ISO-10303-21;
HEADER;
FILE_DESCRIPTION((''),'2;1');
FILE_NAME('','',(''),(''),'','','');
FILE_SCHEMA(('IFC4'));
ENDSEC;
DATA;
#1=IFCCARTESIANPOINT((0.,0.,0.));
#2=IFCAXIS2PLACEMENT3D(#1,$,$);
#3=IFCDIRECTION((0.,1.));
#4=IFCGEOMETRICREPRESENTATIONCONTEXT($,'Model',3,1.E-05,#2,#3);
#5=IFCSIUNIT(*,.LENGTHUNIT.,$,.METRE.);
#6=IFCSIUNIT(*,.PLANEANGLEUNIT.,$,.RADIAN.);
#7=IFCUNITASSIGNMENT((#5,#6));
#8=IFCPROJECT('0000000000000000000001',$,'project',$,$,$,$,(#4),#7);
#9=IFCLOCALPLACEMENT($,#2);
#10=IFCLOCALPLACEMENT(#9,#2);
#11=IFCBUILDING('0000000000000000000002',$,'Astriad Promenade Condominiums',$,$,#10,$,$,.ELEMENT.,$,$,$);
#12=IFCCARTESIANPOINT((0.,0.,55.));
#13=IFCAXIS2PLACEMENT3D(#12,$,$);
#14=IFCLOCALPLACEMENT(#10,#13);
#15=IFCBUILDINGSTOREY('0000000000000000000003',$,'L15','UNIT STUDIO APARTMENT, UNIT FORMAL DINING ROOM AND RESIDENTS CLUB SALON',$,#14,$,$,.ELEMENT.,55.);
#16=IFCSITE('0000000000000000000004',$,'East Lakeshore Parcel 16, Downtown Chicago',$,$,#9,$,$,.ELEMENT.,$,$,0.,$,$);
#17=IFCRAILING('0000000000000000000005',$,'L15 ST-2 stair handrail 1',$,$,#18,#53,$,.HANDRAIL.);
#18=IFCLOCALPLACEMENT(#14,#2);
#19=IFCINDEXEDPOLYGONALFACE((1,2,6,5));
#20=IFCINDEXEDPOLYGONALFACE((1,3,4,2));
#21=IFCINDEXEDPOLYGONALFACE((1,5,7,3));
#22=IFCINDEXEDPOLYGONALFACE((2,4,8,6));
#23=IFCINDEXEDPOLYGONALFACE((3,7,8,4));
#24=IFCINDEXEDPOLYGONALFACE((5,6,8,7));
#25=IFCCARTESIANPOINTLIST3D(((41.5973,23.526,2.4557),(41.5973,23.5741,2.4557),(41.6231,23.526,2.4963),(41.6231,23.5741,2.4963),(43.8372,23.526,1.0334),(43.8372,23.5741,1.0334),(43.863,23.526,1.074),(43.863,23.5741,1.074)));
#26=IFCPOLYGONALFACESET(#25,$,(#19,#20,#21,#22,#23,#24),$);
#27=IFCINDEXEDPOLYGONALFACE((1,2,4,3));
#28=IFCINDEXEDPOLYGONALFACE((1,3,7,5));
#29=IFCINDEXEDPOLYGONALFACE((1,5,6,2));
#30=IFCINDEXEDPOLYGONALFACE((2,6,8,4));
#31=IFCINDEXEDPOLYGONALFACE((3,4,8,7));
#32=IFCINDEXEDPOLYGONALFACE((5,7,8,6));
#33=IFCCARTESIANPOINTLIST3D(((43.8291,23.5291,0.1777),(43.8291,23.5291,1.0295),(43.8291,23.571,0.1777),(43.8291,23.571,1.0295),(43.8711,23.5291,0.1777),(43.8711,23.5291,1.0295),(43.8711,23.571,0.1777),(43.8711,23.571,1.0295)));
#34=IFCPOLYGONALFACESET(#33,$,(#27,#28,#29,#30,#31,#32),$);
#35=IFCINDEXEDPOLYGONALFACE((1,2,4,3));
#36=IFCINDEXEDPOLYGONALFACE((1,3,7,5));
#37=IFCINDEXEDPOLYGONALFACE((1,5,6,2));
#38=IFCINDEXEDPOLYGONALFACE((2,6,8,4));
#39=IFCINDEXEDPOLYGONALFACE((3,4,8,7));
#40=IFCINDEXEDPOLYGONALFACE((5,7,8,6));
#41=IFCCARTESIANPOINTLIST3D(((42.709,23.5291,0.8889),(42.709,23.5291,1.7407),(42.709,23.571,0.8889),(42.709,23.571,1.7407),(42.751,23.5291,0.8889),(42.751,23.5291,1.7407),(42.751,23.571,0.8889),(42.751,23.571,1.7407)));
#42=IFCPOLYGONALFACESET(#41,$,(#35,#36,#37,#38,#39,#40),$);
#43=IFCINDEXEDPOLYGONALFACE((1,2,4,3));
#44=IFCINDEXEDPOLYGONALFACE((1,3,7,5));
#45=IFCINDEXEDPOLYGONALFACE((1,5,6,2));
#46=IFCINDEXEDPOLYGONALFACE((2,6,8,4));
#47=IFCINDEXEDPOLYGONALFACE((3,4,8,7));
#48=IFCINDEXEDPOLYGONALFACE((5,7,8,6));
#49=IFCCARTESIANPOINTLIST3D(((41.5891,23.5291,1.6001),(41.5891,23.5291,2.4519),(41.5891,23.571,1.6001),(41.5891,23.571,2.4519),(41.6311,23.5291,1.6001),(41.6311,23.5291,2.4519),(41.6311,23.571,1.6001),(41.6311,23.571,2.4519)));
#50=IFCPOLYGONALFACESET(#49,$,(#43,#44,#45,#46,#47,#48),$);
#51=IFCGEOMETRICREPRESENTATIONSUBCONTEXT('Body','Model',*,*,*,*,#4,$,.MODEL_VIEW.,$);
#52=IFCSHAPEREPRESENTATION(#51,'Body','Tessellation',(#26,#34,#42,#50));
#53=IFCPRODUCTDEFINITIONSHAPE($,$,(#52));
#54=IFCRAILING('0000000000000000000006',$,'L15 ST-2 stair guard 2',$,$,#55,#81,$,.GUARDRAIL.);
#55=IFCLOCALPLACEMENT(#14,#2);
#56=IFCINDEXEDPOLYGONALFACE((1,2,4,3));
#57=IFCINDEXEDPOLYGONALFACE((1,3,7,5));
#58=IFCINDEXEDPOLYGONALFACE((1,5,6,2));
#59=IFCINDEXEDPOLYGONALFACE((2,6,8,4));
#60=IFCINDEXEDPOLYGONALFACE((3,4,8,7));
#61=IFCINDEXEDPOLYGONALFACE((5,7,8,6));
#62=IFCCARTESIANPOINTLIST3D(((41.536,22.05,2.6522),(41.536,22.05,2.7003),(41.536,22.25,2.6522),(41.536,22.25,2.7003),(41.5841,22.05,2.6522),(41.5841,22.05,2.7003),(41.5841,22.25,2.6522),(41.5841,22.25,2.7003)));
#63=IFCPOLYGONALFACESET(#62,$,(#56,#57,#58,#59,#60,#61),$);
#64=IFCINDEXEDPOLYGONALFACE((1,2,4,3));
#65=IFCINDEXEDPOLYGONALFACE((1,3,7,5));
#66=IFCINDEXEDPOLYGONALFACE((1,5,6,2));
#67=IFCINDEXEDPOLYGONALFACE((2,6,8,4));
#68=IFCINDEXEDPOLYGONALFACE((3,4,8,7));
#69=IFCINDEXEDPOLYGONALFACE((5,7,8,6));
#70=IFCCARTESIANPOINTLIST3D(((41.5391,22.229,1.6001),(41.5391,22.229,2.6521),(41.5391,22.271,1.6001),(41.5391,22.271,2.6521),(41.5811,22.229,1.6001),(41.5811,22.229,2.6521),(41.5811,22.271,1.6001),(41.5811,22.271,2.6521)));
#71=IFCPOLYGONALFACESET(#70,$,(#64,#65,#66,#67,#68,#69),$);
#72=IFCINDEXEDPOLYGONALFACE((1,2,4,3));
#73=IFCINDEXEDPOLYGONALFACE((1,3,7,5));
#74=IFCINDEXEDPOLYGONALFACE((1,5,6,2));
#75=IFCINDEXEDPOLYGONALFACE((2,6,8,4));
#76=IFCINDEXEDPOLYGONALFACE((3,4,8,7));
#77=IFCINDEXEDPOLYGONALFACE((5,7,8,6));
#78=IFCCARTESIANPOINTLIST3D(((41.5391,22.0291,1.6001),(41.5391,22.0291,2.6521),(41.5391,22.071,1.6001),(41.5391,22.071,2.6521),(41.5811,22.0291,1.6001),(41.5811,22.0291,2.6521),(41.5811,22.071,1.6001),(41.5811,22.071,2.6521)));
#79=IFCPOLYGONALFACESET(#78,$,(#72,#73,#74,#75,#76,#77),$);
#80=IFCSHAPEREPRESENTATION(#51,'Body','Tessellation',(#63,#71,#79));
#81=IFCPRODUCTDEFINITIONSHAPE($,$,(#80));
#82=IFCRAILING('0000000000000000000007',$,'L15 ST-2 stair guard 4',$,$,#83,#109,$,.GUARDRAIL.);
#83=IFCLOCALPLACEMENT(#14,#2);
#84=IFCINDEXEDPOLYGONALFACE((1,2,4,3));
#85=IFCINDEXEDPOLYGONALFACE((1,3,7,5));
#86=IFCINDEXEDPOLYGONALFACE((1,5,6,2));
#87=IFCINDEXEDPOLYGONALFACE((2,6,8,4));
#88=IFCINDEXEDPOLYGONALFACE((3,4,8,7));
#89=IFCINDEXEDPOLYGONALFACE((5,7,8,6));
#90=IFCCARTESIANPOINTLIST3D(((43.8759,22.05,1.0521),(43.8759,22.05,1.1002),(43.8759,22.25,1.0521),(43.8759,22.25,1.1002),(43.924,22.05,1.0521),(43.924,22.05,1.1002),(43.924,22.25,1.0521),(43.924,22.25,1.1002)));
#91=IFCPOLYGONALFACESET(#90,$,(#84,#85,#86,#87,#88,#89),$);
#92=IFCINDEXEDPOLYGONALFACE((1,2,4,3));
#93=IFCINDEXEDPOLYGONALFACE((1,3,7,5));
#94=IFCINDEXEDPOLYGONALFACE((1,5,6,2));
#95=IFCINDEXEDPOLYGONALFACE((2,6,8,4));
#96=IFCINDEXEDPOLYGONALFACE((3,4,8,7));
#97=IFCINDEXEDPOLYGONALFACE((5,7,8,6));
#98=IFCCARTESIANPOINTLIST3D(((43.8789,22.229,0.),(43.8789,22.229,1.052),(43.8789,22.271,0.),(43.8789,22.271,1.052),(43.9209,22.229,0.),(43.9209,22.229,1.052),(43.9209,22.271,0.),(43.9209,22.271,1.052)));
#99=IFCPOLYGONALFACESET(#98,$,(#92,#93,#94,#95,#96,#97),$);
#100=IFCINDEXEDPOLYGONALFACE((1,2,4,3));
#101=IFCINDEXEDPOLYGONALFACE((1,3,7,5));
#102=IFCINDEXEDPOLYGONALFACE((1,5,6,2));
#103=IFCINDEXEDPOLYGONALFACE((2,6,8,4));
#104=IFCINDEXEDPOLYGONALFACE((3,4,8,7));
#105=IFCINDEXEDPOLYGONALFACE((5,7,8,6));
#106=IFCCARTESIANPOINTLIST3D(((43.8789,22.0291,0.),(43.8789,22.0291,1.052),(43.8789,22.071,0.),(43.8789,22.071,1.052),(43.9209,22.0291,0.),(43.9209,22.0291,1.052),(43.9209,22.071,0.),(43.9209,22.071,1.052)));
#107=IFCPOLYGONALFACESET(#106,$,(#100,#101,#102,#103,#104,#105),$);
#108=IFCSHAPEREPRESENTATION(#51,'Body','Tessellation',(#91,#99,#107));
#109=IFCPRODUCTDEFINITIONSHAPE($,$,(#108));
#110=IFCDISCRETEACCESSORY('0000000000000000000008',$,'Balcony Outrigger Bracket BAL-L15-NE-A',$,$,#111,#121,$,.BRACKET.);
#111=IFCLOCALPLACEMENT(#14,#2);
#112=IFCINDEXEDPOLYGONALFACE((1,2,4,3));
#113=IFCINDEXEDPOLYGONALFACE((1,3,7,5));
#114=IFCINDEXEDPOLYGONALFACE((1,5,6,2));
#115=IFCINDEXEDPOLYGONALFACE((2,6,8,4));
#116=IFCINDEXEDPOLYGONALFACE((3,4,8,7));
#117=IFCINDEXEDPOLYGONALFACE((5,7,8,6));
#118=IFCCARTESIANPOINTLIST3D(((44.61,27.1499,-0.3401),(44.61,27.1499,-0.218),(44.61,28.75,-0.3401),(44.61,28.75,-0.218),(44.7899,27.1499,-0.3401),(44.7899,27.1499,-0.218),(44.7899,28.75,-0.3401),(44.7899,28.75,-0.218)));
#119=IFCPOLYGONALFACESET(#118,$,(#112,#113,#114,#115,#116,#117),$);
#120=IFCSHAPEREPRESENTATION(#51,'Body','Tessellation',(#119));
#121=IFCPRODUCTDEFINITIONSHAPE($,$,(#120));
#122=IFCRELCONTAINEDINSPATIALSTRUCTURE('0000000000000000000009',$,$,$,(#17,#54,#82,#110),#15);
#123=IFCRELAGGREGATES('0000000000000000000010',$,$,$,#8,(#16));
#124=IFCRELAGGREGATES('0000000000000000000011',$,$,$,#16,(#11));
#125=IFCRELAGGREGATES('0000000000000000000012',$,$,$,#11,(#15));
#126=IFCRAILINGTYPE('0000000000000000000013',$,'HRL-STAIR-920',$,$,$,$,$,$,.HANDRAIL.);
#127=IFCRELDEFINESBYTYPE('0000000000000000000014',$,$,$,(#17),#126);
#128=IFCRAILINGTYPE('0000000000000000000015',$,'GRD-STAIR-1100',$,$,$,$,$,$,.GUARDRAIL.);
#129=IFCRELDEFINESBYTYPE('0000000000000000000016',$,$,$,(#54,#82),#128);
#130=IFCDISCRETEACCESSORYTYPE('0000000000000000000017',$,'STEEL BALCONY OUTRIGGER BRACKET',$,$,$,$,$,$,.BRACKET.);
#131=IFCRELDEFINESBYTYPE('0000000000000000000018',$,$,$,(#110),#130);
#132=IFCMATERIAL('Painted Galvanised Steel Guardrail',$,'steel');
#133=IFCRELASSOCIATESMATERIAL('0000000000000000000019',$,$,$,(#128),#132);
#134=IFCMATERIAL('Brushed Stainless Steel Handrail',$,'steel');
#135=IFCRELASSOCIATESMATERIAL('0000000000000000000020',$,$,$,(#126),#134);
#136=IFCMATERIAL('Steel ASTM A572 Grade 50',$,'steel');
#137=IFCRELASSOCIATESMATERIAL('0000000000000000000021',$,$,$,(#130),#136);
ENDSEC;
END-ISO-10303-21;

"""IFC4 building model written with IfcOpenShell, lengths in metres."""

from ifc_helpers import new_model, si_unit, direction, frame, origin, origin_2d, place, context, subcontext, project, spatial, rectangle, extrude, source, transform, mapped, material, type_object, type_shapes, element, save


model = new_model("IFC4")

# Units and contexts
model_context = context("Model", 3, precision=1e-05, world=origin(), true_north=direction((0.0, 1.0)))
body_context = subcontext(model_context, "Body", "Model", "MODEL_VIEW")
ifc_project = project(units=[si_unit("LENGTHUNIT", "METRE"), si_unit("PLANEANGLEUNIT", "RADIAN")], contexts=[model_context])

# Site, building, storey
site_placement = place(None, origin())
site = spatial("IfcSite", under=ifc_project, at=site_placement, Name="East Lakeshore Parcel 16, Downtown Chicago", CompositionType="ELEMENT", RefElevation=0.0)
building_placement = place(site_placement, origin())
building = spatial("IfcBuilding", under=site, at=building_placement, Name="Astriad Promenade Condominiums", CompositionType="ELEMENT")
storey_placement = place(building_placement, frame((0.0, 0.0, 55.0)))
storey = spatial("IfcBuildingStorey", under=building, at=storey_placement, Name="L15", Description="UNIT STUDIO APARTMENT, UNIT FORMAL DINING ROOM AND RESIDENTS CLUB SALON", CompositionType="ELEMENT", Elevation=55.0)

# Railings
ifc_material_1 = material(Name="Painted Galvanised Steel Guardrail", Category="steel")
railing_type_1 = type_object("IfcRailingType", Name="GRD-STAIR-1100", PredefinedType="GUARDRAIL", material=ifc_material_1)
ifc_material_2 = material(Name="Brushed Stainless Steel Handrail", Category="steel")
railing_type_2 = type_object("IfcRailingType", Name="HRL-STAIR-920", PredefinedType="HANDRAIL", material=ifc_material_2)
shared_shape_1 = source(origin(), body_context, "Body", "SweptSolid", [
    extrude(rectangle(XDim=0.0481, YDim=0.0481, at=origin_2d()), frame((0.0, 0.0, 0.876), z_axis=(-0.844188, 0.0, 0.536048), x_axis=(0.0, -1.0, 0.0)), (0.0, 0.0, 1.0), 2.6533),
    extrude(rectangle(XDim=0.042, YDim=0.042, at=origin_2d()), origin(), (0.0, 0.0, 1.0), 0.8518),
    extrude(rectangle(XDim=0.042, YDim=0.042, at=origin_2d()), frame((-1.1201, 0.0, 0.7112)), (0.0, 0.0, 1.0), 0.8518),
    extrude(rectangle(XDim=0.042, YDim=0.042, at=origin_2d()), frame((-2.24, 0.0, 1.4224)), (0.0, 0.0, 1.0), 0.8518),
])
railing_1_placement = place(storey_placement, frame((43.8501, 23.55, 0.1777)))
element("IfcRailing", 1, at=railing_1_placement, inside=storey, type_object=railing_type_2, Name="L15 ST-2 stair handrail 1", PredefinedType="HANDRAIL", context=body_context, shape_type="MappedRepresentation", body=[
    mapped(shared_shape_1, transform((0.0, 0.0, 0.0), scale=1.0)),
])
shared_shape_2 = source(origin(), body_context, "Body", "SweptSolid", [
    extrude(rectangle(XDim=0.0481, YDim=0.0481, at=origin_2d()), frame((0.0, 0.0, 1.0762), z_axis=(0.0, -1.0, 0.0), x_axis=(1.0, 0.0, 0.0)), (0.0, 0.0, 1.0), 0.2),
    extrude(rectangle(XDim=0.042, YDim=0.042, at=origin_2d()), origin(), (0.0, 0.0, 1.0), 1.052),
    extrude(rectangle(XDim=0.042, YDim=0.042, at=origin_2d()), frame((0.0, -0.2, 0.0)), (0.0, 0.0, 1.0), 1.052),
])
for number, where, name in (
    (2, (41.5601, 22.25, 1.6001), "L15 ST-2 stair guard 2"),
    (3, (43.8999, 22.25, 0.0), "L15 ST-2 stair guard 4"),
):
    element("IfcRailing", number, at=place(storey_placement, frame(where)), inside=storey, type_object=railing_type_1, Name=name, PredefinedType="GUARDRAIL", context=body_context, shape_type="MappedRepresentation", body=[
        mapped(shared_shape_2, transform((0.0, 0.0, 0.0), scale=1.0)),
    ])

# Discrete accessory
ifc_material_3 = material(Name="Steel ASTM A572 Grade 50", Category="steel")
discrete_accessory_type = type_object("IfcDiscreteAccessoryType", Name="STEEL BALCONY OUTRIGGER BRACKET", PredefinedType="BRACKET", material=ifc_material_3)
shared_shape_3 = source(origin(), body_context, "Body", "SweptSolid", [
    extrude(rectangle(XDim=1.6001, YDim=0.1799, at=origin_2d()), origin(), (0.0, 0.0, 1.0), 0.1221),
])
type_shapes(discrete_accessory_type, [shared_shape_3])
discrete_accessory_placement = place(storey_placement, frame((44.7, 27.95, -0.3401), z_axis=(0.0, 0.0, 1.0), x_axis=(0.0, 1.0, 0.0)))
element("IfcDiscreteAccessory", 4, at=discrete_accessory_placement, inside=storey, type_object=discrete_accessory_type, Name="Balcony Outrigger Bracket BAL-L15-NE-A", PredefinedType="BRACKET", context=body_context, shape_type="MappedRepresentation", body=[
    mapped(shared_shape_3, transform((0.0, 0.0, 0.0), scale=1.0)),
])

save(model, "model.ifc")
